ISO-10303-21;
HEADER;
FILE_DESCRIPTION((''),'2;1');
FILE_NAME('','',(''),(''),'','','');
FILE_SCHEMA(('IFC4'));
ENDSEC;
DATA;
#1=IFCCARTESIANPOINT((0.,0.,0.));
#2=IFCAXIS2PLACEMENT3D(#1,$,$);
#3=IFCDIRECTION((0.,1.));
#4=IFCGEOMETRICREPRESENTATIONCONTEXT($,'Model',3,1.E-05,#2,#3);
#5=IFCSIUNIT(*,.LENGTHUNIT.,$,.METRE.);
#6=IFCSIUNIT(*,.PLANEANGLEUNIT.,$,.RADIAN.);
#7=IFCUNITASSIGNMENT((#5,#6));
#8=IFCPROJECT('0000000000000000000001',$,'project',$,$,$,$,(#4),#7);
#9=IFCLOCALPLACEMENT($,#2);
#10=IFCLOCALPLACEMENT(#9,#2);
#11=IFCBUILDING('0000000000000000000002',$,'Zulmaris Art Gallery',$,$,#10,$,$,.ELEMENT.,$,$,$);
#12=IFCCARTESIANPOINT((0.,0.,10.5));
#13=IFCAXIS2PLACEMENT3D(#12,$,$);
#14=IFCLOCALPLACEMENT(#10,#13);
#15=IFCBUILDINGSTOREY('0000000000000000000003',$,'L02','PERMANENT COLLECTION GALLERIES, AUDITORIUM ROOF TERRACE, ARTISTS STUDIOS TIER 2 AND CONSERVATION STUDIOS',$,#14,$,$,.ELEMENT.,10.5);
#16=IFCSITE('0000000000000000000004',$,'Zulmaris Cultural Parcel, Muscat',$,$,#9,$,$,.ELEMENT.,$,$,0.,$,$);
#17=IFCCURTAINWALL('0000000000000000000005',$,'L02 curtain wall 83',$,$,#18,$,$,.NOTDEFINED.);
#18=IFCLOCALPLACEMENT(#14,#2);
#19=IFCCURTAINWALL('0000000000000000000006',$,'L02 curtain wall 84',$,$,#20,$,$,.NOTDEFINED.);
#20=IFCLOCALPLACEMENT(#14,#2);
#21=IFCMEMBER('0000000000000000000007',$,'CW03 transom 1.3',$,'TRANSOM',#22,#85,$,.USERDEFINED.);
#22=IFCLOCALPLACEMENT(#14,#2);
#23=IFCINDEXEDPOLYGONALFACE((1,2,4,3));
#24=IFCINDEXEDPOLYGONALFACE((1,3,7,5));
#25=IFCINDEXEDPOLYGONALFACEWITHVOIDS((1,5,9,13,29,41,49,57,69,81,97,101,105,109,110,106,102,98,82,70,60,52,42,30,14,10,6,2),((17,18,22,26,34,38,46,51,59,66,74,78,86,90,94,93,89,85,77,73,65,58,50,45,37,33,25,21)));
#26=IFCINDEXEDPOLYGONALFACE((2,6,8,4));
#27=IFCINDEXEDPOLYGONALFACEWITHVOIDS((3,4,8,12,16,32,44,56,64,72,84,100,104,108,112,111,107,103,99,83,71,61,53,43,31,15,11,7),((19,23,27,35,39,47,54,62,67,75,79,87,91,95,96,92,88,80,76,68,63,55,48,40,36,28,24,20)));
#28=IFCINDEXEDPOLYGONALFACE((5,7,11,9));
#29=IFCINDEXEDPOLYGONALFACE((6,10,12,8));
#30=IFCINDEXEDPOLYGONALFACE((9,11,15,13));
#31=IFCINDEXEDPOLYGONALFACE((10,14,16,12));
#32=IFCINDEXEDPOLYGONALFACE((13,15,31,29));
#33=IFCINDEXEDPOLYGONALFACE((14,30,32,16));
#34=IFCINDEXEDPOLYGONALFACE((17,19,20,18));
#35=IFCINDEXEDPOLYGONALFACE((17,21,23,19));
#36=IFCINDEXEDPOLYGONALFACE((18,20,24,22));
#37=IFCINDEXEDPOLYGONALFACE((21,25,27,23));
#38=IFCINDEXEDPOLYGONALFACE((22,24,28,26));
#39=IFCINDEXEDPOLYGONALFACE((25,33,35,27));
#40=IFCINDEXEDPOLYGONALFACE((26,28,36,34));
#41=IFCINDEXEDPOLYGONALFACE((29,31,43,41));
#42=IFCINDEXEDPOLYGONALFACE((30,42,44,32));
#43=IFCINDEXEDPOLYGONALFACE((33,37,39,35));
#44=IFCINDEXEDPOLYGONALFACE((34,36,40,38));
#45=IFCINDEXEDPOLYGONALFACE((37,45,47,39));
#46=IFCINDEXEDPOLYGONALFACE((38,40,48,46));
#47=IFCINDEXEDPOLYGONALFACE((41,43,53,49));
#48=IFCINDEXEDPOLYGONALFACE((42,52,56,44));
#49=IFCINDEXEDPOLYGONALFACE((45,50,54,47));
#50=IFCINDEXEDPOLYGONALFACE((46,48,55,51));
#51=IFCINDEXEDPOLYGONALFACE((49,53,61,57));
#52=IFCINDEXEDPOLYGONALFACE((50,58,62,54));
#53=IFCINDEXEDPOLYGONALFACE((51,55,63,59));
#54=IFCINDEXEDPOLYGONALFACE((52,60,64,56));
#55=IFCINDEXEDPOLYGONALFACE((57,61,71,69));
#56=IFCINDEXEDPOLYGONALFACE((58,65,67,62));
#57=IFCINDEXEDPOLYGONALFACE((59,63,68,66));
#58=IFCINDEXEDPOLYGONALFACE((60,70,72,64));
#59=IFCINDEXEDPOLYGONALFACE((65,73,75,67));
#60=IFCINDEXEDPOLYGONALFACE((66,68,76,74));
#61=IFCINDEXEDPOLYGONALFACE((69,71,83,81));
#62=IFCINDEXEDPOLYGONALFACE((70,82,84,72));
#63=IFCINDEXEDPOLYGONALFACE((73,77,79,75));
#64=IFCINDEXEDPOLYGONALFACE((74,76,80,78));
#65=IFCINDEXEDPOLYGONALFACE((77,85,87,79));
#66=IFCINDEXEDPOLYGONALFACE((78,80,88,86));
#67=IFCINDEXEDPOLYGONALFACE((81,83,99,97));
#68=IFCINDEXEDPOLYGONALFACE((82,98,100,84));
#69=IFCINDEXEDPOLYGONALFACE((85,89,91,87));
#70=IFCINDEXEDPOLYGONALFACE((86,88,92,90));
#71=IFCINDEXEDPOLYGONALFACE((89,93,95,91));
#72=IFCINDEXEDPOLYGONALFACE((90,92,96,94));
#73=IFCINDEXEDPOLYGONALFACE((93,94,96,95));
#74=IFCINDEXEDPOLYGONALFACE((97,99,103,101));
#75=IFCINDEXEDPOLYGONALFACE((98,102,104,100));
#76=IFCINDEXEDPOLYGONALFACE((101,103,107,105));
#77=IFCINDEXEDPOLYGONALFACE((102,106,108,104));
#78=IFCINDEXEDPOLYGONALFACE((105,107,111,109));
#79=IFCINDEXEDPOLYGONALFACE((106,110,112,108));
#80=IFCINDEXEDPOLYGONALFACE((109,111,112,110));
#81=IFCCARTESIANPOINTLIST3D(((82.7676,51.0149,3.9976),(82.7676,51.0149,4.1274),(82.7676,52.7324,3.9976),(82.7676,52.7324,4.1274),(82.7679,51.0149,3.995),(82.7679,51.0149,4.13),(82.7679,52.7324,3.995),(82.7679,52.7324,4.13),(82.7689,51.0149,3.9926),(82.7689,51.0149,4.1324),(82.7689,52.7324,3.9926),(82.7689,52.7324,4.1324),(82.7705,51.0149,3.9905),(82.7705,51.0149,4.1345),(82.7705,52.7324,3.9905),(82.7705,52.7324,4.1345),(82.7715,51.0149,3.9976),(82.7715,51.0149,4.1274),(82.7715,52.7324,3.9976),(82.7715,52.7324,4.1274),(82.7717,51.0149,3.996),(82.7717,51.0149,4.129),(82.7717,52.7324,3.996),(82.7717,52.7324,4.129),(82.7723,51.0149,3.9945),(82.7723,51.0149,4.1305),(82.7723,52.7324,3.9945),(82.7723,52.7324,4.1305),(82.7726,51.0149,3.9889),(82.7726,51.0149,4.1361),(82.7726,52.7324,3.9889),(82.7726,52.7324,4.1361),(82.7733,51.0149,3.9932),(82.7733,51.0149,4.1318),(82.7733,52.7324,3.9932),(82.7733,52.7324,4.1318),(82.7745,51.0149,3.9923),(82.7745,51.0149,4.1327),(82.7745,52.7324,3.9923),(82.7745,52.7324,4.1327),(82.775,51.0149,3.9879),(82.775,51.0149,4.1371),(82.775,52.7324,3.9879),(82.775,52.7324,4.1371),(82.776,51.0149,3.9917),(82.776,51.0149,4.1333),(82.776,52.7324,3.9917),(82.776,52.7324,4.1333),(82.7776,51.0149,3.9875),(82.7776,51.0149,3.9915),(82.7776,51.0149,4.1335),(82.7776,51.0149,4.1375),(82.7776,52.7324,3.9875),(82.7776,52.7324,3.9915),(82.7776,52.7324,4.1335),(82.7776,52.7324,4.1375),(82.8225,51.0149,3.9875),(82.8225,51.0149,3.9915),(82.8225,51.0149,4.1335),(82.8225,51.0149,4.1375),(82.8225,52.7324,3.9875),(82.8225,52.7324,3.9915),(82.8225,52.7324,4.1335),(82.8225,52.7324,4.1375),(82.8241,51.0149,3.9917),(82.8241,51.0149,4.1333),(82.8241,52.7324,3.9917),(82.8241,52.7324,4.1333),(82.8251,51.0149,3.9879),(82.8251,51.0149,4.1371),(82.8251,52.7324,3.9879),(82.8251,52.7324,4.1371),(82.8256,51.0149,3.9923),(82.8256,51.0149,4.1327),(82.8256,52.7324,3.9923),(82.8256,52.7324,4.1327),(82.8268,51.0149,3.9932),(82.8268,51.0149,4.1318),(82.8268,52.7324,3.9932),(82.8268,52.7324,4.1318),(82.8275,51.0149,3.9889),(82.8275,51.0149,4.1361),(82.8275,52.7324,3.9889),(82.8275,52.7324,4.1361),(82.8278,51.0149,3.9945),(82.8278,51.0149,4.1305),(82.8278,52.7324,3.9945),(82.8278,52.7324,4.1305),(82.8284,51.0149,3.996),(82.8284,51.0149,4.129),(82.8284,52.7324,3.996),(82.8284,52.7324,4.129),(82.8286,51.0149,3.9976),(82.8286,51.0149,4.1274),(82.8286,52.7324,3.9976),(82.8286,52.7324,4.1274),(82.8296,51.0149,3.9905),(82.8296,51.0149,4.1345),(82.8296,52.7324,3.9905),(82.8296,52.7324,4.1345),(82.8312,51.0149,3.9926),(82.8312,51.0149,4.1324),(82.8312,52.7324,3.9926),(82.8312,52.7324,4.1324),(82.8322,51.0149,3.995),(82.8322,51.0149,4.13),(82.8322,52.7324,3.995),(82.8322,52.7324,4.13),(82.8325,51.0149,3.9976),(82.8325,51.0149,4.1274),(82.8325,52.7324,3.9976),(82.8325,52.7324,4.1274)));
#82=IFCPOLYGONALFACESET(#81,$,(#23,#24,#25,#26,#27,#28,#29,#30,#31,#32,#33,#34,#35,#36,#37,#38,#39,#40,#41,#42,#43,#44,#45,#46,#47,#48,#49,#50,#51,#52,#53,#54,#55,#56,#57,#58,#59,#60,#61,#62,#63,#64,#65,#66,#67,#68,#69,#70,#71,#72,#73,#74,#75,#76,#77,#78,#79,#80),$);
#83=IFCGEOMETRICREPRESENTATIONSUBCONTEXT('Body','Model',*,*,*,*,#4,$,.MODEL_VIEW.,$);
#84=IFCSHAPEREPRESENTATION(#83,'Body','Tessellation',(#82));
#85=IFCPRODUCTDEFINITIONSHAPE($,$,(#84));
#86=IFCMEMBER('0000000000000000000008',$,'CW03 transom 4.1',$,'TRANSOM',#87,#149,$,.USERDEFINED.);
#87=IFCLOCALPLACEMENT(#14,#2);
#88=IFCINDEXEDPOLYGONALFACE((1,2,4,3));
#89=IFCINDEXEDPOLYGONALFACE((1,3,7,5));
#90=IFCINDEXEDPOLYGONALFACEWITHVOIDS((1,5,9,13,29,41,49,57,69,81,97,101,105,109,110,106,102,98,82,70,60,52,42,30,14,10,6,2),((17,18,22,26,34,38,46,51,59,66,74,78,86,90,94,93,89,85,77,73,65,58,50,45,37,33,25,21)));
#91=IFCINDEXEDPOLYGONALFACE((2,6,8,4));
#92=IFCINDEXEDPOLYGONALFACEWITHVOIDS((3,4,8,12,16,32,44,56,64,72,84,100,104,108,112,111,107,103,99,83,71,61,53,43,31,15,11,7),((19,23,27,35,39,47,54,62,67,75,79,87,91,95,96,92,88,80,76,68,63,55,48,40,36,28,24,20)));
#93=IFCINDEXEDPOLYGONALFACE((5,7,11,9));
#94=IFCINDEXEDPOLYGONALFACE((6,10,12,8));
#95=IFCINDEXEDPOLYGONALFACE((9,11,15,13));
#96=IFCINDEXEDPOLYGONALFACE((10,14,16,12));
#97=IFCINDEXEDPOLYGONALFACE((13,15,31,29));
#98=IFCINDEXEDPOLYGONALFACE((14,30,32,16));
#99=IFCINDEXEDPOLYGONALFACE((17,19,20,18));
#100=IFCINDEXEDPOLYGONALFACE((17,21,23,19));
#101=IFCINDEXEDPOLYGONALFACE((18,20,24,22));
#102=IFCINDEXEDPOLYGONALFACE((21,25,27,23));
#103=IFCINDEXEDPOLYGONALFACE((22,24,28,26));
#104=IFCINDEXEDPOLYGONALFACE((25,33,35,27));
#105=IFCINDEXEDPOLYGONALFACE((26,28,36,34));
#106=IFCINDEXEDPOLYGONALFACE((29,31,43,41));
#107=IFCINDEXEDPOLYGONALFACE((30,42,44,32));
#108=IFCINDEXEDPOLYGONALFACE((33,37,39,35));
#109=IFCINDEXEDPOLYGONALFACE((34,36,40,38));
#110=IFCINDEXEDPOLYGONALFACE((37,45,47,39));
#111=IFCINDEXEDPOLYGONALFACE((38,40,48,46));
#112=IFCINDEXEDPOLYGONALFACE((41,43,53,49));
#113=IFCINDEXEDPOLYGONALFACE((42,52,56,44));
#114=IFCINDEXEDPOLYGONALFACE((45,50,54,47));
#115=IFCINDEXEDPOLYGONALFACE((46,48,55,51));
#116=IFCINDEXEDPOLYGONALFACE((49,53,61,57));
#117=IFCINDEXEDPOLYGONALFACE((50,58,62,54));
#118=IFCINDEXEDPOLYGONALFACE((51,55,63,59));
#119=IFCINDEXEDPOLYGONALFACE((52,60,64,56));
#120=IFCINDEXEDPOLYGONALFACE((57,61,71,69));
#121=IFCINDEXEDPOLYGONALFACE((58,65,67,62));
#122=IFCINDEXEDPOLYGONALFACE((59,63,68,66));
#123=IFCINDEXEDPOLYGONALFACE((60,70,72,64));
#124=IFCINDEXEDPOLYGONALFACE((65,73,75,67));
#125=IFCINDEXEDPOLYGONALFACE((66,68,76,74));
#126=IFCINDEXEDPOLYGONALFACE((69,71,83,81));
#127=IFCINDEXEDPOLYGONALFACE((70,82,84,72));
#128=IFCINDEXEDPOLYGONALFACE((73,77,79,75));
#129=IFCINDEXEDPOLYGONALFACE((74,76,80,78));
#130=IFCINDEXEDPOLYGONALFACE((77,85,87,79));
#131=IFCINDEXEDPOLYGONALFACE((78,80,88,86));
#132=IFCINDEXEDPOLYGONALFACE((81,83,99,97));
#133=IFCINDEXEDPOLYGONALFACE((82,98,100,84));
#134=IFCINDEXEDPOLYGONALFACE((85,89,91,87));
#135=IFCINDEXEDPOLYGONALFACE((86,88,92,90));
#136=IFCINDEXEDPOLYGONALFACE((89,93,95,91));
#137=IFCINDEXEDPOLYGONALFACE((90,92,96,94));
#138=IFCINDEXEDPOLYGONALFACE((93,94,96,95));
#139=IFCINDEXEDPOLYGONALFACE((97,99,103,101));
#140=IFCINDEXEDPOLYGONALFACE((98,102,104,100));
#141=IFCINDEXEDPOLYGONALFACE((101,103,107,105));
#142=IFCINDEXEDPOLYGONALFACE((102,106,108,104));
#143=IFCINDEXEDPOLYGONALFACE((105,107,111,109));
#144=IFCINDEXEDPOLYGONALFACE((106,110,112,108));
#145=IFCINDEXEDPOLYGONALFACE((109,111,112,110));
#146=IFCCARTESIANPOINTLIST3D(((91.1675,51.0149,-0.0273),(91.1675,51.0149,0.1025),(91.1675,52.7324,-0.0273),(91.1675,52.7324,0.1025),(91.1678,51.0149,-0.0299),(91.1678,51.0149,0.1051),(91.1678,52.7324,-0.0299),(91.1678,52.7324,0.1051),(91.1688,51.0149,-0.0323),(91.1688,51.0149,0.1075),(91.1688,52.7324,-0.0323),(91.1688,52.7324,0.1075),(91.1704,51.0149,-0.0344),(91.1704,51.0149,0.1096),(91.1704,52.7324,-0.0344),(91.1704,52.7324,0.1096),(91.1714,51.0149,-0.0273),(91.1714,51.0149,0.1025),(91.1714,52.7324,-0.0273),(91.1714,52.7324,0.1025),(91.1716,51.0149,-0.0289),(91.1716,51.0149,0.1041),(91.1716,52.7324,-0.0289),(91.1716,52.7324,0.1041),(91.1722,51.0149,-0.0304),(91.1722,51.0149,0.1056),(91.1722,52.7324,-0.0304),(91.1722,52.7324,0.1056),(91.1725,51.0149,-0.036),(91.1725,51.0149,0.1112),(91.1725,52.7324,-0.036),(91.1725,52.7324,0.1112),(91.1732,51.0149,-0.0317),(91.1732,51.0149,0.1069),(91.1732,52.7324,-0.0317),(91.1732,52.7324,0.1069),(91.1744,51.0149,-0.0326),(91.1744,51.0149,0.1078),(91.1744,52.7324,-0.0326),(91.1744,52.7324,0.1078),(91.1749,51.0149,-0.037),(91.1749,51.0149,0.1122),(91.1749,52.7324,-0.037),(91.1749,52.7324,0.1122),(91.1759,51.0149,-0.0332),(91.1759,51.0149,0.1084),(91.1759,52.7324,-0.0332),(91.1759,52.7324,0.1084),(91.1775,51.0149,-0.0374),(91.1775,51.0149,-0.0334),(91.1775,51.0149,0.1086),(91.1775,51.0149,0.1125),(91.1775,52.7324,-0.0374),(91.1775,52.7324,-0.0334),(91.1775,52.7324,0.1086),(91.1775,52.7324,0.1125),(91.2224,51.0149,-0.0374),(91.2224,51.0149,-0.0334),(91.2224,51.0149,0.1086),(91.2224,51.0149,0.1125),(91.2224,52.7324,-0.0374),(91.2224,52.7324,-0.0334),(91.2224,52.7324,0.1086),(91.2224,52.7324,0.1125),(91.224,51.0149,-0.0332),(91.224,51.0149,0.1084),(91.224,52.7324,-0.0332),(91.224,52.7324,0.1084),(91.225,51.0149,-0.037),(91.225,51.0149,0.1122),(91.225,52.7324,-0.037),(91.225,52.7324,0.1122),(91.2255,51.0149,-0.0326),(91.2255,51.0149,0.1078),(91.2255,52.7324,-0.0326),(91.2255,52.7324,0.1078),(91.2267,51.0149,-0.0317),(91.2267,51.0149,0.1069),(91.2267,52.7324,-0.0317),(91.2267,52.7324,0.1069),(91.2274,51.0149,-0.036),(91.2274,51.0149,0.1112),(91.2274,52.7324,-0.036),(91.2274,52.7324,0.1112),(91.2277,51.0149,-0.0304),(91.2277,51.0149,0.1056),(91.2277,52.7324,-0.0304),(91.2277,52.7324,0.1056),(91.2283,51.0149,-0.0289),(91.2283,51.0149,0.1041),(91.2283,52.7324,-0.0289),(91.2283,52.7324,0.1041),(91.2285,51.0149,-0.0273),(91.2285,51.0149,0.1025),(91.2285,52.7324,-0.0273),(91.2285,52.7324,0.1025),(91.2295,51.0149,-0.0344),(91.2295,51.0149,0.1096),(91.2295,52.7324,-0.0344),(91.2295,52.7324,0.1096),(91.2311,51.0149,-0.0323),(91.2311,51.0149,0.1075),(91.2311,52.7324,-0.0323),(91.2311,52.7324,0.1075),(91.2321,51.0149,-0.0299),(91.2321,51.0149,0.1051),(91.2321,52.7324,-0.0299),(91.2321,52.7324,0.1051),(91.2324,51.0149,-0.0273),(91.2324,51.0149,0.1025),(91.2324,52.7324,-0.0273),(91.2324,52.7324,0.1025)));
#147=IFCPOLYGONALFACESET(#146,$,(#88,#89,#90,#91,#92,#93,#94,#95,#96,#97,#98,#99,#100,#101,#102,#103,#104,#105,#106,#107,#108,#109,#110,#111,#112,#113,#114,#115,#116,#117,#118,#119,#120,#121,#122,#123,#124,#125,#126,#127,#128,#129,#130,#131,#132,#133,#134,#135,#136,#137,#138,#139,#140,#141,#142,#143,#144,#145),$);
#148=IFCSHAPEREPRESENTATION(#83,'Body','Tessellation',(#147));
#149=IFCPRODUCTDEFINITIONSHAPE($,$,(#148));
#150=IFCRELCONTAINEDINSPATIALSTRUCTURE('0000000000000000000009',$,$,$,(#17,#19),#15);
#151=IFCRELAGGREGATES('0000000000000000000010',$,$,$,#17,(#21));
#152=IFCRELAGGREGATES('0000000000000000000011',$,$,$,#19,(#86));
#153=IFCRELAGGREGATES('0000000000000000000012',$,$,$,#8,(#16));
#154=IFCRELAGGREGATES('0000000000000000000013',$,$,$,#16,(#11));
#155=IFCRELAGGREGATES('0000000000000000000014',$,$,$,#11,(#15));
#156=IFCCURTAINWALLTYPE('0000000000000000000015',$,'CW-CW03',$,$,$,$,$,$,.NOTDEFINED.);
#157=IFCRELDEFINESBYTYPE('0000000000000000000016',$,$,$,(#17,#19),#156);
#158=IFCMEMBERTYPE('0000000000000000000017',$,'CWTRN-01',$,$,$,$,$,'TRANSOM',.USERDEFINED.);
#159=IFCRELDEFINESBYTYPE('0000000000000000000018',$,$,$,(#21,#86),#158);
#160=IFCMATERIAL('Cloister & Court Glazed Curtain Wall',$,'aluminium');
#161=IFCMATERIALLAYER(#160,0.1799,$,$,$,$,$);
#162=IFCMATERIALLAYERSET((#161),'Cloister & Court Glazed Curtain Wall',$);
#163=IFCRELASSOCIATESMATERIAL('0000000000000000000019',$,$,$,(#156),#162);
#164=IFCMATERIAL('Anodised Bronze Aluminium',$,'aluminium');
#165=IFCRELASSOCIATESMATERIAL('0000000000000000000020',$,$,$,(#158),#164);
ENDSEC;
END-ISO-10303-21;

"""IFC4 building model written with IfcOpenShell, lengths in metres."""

from ifc_helpers import new_model, si_unit, direction, frame, origin, origin_2d, place, context, subcontext, project, spatial, hollow_rectangle, extrude, material, layer, layer_set, material_profile, profile_set, type_object, element, aggregate, save


model = new_model("IFC4")

# Units and contexts
model_context = context("Model", 3, precision=1e-05, world=origin(), true_north=direction((0.0, 1.0)))
body_context = subcontext(model_context, "Body", "Model", "MODEL_VIEW")
ifc_project = project(units=[si_unit("LENGTHUNIT", "METRE"), si_unit("PLANEANGLEUNIT", "RADIAN")], contexts=[model_context])

# Site, building, storey
site_placement = place(None, origin())
site = spatial("IfcSite", under=ifc_project, at=site_placement, Name="Zulmaris Cultural Parcel, Muscat", CompositionType="ELEMENT", RefElevation=0.0)
building_placement = place(site_placement, origin())
building = spatial("IfcBuilding", under=site, at=building_placement, Name="Zulmaris Art Gallery", CompositionType="ELEMENT")
storey_placement = place(building_placement, frame((0.0, 0.0, 10.5)))
storey = spatial("IfcBuildingStorey", under=building, at=storey_placement, Name="L02", Description="PERMANENT COLLECTION GALLERIES, AUDITORIUM ROOF TERRACE, ARTISTS STUDIOS TIER 2 AND CONSERVATION STUDIOS", CompositionType="ELEMENT", Elevation=10.5)

# Curtain walls
ifc_material_1 = material(Name="Cloister & Court Glazed Curtain Wall", Category="aluminium")
ifc_layer_1 = layer(ifc_material_1, 0.1799)
ifc_layer_set_1 = layer_set([ifc_layer_1], Name="Cloister & Court Glazed Curtain Wall")
curtain_wall_type = type_object("IfcCurtainWallType", Name="CW-CW03", PredefinedType="NOTDEFINED", material=ifc_layer_set_1)
ifc_material_2 = material(Name="Anodised Bronze Aluminium", Category="aluminium")
curtain_wall_1_placement = place(storey_placement, origin())
curtain_wall_1 = element("IfcCurtainWall", 1, at=curtain_wall_1_placement, inside=storey, type_object=curtain_wall_type, Name="L02 curtain wall 83", PredefinedType="NOTDEFINED")
curtain_wall_2_placement = place(storey_placement, origin())
curtain_wall_2 = element("IfcCurtainWall", 2, at=curtain_wall_2_placement, inside=storey, type_object=curtain_wall_type, Name="L02 curtain wall 84", PredefinedType="NOTDEFINED")

# Members
ifc_material_profile_1 = material_profile(ifc_material_2, hollow_rectangle(XDim=0.0649, YDim=0.1499, WallThickness=0.0039, InnerFilletRadius=0.0061, OuterFilletRadius=0.01, at=origin_2d()), Name="ALU 65x150x4")
ifc_profile_set_1 = profile_set([ifc_material_profile_1], Name="Anodised Bronze Aluminium")
member_type_1 = type_object("IfcMemberType", Name="CWTRN-01", ElementType="TRANSOM", PredefinedType="USERDEFINED", material=ifc_profile_set_1)
member_1_placement = place(storey_placement, frame((82.8, 51.0149, 4.0625), z_axis=(0.0, 1.0, 0.0), x_axis=(-1.0, 0.0, 0.0)))
member_1 = element("IfcMember", 3, at=member_1_placement, type_object=member_type_1, Name="CW03 transom 1.3", ObjectType="TRANSOM", PredefinedType="USERDEFINED", context=body_context, shape_type="SweptSolid", body=[
    extrude(hollow_rectangle(XDim=0.0649, YDim=0.1499, WallThickness=0.0039, InnerFilletRadius=0.0061, OuterFilletRadius=0.01, at=origin_2d()), origin(), (0.0, 0.0, 1.0), 1.7175),
])
member_2_placement = place(storey_placement, frame((91.2, 52.7324, 0.0376), z_axis=(0.0, -1.0, 0.0), x_axis=(1.0, 0.0, 0.0)))
member_2 = element("IfcMember", 4, at=member_2_placement, type_object=member_type_1, Name="CW03 transom 4.1", ObjectType="TRANSOM", PredefinedType="USERDEFINED", context=body_context, shape_type="SweptSolid", body=[
    extrude(hollow_rectangle(XDim=0.0649, YDim=0.1499, WallThickness=0.0039, InnerFilletRadius=0.0061, OuterFilletRadius=0.01, at=origin_2d()), origin(), (0.0, 0.0, 1.0), 1.7175),
])

aggregate(curtain_wall_1, [member_1])
aggregate(curtain_wall_2, [member_2])

save(model, "model.ifc")
